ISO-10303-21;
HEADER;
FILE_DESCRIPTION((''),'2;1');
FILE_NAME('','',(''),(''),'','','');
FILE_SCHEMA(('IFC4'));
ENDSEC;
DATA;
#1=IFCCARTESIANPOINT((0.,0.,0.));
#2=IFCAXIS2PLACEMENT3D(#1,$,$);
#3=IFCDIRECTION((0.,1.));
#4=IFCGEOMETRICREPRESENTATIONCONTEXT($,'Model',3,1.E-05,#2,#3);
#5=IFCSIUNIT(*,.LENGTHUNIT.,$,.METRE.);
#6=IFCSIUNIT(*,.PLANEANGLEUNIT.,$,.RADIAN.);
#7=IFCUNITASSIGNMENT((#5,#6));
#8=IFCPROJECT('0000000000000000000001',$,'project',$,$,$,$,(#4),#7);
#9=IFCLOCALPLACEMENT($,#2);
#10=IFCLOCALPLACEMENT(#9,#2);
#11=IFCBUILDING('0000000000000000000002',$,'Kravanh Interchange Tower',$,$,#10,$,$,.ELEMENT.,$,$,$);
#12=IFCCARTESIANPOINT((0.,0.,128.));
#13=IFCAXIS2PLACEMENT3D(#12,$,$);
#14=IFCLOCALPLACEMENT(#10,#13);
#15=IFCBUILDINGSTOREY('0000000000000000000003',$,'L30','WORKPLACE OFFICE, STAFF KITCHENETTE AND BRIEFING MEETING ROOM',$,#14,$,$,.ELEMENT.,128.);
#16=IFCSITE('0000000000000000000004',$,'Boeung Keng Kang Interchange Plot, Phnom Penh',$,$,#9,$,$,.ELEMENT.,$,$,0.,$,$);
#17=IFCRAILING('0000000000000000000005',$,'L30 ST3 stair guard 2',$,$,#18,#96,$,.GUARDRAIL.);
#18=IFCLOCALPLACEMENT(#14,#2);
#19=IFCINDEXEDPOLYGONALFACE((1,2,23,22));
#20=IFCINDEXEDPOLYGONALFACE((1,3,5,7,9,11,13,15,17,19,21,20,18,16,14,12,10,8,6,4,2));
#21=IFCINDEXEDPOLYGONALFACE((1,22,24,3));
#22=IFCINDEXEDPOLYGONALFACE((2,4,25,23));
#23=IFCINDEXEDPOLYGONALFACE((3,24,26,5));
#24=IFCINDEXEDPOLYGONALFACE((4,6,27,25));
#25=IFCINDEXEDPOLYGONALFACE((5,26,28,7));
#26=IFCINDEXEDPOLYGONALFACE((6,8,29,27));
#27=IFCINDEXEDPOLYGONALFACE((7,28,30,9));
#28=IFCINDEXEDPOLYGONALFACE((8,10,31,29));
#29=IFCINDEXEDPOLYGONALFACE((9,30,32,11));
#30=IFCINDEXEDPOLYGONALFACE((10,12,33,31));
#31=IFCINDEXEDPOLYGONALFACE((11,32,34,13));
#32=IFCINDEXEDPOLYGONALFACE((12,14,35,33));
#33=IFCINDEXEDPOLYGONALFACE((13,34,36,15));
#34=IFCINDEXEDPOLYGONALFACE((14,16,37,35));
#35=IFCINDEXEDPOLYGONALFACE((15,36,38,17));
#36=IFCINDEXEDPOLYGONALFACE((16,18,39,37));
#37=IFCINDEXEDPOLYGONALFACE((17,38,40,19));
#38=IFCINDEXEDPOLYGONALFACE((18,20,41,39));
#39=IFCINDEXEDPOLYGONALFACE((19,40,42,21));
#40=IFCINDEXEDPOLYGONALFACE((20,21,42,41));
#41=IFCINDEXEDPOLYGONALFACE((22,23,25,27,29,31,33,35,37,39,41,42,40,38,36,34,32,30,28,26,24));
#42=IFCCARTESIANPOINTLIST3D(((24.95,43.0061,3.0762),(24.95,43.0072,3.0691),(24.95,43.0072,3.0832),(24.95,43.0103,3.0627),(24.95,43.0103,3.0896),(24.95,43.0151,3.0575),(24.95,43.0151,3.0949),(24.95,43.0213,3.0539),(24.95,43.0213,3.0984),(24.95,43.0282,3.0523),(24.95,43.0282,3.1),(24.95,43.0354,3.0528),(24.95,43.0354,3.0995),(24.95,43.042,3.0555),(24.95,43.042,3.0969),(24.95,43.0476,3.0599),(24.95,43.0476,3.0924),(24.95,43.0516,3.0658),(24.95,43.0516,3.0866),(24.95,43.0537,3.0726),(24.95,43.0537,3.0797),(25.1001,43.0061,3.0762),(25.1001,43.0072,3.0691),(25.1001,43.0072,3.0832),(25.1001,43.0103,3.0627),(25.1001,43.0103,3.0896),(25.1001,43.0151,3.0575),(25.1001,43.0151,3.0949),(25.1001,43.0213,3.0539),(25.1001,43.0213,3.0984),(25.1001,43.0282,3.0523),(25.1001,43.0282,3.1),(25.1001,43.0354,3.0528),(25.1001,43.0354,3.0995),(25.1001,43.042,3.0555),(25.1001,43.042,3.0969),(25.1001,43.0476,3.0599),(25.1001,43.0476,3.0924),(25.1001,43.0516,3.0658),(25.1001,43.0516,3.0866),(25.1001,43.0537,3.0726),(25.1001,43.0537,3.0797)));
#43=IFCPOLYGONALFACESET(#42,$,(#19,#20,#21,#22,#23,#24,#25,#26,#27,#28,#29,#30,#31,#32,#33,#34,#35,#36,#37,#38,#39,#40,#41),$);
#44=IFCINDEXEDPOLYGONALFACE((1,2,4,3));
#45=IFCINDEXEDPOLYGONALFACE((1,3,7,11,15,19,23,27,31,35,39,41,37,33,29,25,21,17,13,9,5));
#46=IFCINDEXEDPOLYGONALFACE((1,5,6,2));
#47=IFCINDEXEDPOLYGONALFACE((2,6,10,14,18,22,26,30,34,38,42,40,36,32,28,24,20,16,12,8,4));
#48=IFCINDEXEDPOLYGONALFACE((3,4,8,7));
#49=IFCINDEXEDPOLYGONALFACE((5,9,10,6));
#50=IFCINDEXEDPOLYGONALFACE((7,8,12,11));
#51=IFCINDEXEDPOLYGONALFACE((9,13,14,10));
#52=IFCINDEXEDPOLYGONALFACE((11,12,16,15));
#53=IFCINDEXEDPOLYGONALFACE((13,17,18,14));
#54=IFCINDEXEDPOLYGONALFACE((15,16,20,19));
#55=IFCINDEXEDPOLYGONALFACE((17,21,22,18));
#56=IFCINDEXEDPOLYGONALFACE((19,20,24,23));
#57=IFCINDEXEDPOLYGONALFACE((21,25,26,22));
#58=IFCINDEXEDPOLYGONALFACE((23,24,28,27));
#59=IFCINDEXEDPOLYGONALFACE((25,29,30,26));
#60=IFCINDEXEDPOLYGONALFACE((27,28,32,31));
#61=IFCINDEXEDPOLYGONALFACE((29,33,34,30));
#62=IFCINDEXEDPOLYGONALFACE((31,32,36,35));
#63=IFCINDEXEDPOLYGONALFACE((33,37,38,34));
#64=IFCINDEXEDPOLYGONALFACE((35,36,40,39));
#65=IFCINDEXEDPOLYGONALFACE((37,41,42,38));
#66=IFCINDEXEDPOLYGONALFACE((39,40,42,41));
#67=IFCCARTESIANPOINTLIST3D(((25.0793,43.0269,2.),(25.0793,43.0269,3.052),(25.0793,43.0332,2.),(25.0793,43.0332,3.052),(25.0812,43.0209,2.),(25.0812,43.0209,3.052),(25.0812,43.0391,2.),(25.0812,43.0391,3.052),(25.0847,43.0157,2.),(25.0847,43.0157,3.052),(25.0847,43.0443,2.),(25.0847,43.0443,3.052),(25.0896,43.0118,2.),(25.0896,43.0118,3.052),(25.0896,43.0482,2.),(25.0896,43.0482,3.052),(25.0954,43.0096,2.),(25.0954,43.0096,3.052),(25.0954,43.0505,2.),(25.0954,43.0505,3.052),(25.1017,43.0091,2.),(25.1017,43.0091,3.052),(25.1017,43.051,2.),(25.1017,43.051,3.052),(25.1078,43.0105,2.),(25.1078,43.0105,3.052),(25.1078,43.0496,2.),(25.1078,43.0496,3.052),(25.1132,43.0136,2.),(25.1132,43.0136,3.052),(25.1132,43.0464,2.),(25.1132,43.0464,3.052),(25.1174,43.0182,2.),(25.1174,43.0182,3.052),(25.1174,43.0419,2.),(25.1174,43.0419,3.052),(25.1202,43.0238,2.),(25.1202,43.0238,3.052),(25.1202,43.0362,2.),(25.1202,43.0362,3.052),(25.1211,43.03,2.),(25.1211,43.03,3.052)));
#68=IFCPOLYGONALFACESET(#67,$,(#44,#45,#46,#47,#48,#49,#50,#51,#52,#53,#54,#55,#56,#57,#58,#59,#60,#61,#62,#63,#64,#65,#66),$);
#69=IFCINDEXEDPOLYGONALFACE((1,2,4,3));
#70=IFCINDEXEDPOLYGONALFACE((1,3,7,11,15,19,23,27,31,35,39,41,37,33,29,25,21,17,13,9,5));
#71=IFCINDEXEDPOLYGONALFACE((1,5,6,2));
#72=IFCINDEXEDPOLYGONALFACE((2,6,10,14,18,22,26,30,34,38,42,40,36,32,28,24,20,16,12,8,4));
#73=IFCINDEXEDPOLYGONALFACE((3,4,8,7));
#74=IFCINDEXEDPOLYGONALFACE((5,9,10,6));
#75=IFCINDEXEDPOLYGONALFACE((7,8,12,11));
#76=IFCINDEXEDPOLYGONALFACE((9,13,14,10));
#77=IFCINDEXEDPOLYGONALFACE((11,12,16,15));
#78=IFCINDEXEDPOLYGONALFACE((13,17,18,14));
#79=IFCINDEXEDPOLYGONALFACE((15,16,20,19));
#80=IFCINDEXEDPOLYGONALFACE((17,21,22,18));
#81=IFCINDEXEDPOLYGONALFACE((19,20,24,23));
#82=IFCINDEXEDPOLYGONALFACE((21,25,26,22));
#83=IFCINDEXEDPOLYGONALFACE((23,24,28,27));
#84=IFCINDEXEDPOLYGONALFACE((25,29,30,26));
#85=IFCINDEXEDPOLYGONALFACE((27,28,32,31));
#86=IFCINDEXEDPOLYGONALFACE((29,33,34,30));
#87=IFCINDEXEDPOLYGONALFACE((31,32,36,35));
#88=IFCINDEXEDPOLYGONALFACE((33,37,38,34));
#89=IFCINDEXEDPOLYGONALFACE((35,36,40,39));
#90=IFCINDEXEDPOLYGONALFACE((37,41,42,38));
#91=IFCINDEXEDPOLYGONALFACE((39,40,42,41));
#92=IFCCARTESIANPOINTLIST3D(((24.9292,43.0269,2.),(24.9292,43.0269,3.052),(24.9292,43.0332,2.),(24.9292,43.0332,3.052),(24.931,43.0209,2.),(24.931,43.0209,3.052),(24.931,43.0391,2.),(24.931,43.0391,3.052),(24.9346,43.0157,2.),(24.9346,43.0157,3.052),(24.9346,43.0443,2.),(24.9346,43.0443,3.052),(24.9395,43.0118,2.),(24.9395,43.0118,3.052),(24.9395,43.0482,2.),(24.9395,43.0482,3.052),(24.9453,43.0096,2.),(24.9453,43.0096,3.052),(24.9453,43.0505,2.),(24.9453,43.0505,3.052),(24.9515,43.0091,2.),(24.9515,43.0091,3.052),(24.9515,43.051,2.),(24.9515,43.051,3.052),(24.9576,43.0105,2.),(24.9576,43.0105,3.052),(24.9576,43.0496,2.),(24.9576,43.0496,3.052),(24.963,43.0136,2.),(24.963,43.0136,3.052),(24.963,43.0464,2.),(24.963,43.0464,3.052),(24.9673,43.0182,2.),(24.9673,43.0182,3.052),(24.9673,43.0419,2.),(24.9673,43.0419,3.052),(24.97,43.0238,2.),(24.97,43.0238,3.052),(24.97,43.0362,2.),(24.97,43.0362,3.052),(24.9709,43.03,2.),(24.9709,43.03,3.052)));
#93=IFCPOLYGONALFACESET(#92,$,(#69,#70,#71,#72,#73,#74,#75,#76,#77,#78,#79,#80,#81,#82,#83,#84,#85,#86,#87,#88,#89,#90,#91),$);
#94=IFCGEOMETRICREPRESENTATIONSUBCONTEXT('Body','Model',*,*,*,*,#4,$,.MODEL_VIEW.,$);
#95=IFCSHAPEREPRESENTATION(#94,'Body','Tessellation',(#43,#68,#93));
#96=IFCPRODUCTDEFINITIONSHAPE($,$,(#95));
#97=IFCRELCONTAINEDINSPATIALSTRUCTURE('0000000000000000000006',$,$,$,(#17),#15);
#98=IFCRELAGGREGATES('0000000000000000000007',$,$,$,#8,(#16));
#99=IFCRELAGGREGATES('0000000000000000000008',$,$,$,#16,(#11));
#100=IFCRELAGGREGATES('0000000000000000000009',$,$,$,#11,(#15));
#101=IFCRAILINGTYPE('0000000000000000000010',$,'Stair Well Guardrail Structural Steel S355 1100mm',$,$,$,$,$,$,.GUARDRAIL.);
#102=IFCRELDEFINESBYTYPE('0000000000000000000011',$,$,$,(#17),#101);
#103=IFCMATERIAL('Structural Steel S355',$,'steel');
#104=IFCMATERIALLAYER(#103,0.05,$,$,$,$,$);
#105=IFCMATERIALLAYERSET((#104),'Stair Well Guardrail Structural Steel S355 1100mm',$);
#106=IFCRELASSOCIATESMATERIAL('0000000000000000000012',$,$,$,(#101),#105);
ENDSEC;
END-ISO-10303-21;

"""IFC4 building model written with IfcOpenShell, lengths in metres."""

from ifc_helpers import new_model, si_unit, direction, frame, origin, origin_2d, place, context, subcontext, project, spatial, circle, extrude, material, layer, layer_set, type_object, element, save


model = new_model("IFC4")

# Units and contexts
model_context = context("Model", 3, precision=1e-05, world=origin(), true_north=direction((0.0, 1.0)))
body_context = subcontext(model_context, "Body", "Model", "MODEL_VIEW")
ifc_project = project(units=[si_unit("LENGTHUNIT", "METRE"), si_unit("PLANEANGLEUNIT", "RADIAN")], contexts=[model_context])

# Site, building, storey
site_placement = place(None, origin())
site = spatial("IfcSite", under=ifc_project, at=site_placement, Name="Boeung Keng Kang Interchange Plot, Phnom Penh", CompositionType="ELEMENT", RefElevation=0.0)
building_placement = place(site_placement, origin())
building = spatial("IfcBuilding", under=site, at=building_placement, Name="Kravanh Interchange Tower", CompositionType="ELEMENT")
storey_placement = place(building_placement, frame((0.0, 0.0, 128.0)))
storey = spatial("IfcBuildingStorey", under=building, at=storey_placement, Name="L30", Description="WORKPLACE OFFICE, STAFF KITCHENETTE AND BRIEFING MEETING ROOM", CompositionType="ELEMENT", Elevation=128.0)

# Railing
ifc_material_1 = material(Name="Structural Steel S355", Category="steel")
ifc_layer_1 = layer(ifc_material_1, 0.05)
ifc_layer_set_1 = layer_set([ifc_layer_1], Name="Stair Well Guardrail Structural Steel S355 1100mm")
railing_type_1 = type_object("IfcRailingType", Name="Stair Well Guardrail Structural Steel S355 1100mm", PredefinedType="GUARDRAIL", material=ifc_layer_set_1)
railing_1_placement = place(storey_placement, frame((25.1001, 43.03, 2.0)))
element("IfcRailing", 1, at=railing_1_placement, inside=storey, type_object=railing_type_1, Name="L30 ST3 stair guard 2", PredefinedType="GUARDRAIL", context=body_context, shape_type="SweptSolid", body=[
    extrude(circle(Radius=0.0239, at=origin_2d()), frame((0.0, 0.0, 1.0762), z_axis=(-1.0, 0.0, 0.0), x_axis=(0.0, -1.0, 0.0)), (0.0, 0.0, 1.0), 0.1501),
    extrude(circle(Radius=0.021, at=origin_2d()), origin(), (0.0, 0.0, 1.0), 1.052),
    extrude(circle(Radius=0.021, at=origin_2d()), frame((-0.1501, 0.0, 0.0)), (0.0, 0.0, 1.0), 1.052),
])

save(model, "model.ifc")
